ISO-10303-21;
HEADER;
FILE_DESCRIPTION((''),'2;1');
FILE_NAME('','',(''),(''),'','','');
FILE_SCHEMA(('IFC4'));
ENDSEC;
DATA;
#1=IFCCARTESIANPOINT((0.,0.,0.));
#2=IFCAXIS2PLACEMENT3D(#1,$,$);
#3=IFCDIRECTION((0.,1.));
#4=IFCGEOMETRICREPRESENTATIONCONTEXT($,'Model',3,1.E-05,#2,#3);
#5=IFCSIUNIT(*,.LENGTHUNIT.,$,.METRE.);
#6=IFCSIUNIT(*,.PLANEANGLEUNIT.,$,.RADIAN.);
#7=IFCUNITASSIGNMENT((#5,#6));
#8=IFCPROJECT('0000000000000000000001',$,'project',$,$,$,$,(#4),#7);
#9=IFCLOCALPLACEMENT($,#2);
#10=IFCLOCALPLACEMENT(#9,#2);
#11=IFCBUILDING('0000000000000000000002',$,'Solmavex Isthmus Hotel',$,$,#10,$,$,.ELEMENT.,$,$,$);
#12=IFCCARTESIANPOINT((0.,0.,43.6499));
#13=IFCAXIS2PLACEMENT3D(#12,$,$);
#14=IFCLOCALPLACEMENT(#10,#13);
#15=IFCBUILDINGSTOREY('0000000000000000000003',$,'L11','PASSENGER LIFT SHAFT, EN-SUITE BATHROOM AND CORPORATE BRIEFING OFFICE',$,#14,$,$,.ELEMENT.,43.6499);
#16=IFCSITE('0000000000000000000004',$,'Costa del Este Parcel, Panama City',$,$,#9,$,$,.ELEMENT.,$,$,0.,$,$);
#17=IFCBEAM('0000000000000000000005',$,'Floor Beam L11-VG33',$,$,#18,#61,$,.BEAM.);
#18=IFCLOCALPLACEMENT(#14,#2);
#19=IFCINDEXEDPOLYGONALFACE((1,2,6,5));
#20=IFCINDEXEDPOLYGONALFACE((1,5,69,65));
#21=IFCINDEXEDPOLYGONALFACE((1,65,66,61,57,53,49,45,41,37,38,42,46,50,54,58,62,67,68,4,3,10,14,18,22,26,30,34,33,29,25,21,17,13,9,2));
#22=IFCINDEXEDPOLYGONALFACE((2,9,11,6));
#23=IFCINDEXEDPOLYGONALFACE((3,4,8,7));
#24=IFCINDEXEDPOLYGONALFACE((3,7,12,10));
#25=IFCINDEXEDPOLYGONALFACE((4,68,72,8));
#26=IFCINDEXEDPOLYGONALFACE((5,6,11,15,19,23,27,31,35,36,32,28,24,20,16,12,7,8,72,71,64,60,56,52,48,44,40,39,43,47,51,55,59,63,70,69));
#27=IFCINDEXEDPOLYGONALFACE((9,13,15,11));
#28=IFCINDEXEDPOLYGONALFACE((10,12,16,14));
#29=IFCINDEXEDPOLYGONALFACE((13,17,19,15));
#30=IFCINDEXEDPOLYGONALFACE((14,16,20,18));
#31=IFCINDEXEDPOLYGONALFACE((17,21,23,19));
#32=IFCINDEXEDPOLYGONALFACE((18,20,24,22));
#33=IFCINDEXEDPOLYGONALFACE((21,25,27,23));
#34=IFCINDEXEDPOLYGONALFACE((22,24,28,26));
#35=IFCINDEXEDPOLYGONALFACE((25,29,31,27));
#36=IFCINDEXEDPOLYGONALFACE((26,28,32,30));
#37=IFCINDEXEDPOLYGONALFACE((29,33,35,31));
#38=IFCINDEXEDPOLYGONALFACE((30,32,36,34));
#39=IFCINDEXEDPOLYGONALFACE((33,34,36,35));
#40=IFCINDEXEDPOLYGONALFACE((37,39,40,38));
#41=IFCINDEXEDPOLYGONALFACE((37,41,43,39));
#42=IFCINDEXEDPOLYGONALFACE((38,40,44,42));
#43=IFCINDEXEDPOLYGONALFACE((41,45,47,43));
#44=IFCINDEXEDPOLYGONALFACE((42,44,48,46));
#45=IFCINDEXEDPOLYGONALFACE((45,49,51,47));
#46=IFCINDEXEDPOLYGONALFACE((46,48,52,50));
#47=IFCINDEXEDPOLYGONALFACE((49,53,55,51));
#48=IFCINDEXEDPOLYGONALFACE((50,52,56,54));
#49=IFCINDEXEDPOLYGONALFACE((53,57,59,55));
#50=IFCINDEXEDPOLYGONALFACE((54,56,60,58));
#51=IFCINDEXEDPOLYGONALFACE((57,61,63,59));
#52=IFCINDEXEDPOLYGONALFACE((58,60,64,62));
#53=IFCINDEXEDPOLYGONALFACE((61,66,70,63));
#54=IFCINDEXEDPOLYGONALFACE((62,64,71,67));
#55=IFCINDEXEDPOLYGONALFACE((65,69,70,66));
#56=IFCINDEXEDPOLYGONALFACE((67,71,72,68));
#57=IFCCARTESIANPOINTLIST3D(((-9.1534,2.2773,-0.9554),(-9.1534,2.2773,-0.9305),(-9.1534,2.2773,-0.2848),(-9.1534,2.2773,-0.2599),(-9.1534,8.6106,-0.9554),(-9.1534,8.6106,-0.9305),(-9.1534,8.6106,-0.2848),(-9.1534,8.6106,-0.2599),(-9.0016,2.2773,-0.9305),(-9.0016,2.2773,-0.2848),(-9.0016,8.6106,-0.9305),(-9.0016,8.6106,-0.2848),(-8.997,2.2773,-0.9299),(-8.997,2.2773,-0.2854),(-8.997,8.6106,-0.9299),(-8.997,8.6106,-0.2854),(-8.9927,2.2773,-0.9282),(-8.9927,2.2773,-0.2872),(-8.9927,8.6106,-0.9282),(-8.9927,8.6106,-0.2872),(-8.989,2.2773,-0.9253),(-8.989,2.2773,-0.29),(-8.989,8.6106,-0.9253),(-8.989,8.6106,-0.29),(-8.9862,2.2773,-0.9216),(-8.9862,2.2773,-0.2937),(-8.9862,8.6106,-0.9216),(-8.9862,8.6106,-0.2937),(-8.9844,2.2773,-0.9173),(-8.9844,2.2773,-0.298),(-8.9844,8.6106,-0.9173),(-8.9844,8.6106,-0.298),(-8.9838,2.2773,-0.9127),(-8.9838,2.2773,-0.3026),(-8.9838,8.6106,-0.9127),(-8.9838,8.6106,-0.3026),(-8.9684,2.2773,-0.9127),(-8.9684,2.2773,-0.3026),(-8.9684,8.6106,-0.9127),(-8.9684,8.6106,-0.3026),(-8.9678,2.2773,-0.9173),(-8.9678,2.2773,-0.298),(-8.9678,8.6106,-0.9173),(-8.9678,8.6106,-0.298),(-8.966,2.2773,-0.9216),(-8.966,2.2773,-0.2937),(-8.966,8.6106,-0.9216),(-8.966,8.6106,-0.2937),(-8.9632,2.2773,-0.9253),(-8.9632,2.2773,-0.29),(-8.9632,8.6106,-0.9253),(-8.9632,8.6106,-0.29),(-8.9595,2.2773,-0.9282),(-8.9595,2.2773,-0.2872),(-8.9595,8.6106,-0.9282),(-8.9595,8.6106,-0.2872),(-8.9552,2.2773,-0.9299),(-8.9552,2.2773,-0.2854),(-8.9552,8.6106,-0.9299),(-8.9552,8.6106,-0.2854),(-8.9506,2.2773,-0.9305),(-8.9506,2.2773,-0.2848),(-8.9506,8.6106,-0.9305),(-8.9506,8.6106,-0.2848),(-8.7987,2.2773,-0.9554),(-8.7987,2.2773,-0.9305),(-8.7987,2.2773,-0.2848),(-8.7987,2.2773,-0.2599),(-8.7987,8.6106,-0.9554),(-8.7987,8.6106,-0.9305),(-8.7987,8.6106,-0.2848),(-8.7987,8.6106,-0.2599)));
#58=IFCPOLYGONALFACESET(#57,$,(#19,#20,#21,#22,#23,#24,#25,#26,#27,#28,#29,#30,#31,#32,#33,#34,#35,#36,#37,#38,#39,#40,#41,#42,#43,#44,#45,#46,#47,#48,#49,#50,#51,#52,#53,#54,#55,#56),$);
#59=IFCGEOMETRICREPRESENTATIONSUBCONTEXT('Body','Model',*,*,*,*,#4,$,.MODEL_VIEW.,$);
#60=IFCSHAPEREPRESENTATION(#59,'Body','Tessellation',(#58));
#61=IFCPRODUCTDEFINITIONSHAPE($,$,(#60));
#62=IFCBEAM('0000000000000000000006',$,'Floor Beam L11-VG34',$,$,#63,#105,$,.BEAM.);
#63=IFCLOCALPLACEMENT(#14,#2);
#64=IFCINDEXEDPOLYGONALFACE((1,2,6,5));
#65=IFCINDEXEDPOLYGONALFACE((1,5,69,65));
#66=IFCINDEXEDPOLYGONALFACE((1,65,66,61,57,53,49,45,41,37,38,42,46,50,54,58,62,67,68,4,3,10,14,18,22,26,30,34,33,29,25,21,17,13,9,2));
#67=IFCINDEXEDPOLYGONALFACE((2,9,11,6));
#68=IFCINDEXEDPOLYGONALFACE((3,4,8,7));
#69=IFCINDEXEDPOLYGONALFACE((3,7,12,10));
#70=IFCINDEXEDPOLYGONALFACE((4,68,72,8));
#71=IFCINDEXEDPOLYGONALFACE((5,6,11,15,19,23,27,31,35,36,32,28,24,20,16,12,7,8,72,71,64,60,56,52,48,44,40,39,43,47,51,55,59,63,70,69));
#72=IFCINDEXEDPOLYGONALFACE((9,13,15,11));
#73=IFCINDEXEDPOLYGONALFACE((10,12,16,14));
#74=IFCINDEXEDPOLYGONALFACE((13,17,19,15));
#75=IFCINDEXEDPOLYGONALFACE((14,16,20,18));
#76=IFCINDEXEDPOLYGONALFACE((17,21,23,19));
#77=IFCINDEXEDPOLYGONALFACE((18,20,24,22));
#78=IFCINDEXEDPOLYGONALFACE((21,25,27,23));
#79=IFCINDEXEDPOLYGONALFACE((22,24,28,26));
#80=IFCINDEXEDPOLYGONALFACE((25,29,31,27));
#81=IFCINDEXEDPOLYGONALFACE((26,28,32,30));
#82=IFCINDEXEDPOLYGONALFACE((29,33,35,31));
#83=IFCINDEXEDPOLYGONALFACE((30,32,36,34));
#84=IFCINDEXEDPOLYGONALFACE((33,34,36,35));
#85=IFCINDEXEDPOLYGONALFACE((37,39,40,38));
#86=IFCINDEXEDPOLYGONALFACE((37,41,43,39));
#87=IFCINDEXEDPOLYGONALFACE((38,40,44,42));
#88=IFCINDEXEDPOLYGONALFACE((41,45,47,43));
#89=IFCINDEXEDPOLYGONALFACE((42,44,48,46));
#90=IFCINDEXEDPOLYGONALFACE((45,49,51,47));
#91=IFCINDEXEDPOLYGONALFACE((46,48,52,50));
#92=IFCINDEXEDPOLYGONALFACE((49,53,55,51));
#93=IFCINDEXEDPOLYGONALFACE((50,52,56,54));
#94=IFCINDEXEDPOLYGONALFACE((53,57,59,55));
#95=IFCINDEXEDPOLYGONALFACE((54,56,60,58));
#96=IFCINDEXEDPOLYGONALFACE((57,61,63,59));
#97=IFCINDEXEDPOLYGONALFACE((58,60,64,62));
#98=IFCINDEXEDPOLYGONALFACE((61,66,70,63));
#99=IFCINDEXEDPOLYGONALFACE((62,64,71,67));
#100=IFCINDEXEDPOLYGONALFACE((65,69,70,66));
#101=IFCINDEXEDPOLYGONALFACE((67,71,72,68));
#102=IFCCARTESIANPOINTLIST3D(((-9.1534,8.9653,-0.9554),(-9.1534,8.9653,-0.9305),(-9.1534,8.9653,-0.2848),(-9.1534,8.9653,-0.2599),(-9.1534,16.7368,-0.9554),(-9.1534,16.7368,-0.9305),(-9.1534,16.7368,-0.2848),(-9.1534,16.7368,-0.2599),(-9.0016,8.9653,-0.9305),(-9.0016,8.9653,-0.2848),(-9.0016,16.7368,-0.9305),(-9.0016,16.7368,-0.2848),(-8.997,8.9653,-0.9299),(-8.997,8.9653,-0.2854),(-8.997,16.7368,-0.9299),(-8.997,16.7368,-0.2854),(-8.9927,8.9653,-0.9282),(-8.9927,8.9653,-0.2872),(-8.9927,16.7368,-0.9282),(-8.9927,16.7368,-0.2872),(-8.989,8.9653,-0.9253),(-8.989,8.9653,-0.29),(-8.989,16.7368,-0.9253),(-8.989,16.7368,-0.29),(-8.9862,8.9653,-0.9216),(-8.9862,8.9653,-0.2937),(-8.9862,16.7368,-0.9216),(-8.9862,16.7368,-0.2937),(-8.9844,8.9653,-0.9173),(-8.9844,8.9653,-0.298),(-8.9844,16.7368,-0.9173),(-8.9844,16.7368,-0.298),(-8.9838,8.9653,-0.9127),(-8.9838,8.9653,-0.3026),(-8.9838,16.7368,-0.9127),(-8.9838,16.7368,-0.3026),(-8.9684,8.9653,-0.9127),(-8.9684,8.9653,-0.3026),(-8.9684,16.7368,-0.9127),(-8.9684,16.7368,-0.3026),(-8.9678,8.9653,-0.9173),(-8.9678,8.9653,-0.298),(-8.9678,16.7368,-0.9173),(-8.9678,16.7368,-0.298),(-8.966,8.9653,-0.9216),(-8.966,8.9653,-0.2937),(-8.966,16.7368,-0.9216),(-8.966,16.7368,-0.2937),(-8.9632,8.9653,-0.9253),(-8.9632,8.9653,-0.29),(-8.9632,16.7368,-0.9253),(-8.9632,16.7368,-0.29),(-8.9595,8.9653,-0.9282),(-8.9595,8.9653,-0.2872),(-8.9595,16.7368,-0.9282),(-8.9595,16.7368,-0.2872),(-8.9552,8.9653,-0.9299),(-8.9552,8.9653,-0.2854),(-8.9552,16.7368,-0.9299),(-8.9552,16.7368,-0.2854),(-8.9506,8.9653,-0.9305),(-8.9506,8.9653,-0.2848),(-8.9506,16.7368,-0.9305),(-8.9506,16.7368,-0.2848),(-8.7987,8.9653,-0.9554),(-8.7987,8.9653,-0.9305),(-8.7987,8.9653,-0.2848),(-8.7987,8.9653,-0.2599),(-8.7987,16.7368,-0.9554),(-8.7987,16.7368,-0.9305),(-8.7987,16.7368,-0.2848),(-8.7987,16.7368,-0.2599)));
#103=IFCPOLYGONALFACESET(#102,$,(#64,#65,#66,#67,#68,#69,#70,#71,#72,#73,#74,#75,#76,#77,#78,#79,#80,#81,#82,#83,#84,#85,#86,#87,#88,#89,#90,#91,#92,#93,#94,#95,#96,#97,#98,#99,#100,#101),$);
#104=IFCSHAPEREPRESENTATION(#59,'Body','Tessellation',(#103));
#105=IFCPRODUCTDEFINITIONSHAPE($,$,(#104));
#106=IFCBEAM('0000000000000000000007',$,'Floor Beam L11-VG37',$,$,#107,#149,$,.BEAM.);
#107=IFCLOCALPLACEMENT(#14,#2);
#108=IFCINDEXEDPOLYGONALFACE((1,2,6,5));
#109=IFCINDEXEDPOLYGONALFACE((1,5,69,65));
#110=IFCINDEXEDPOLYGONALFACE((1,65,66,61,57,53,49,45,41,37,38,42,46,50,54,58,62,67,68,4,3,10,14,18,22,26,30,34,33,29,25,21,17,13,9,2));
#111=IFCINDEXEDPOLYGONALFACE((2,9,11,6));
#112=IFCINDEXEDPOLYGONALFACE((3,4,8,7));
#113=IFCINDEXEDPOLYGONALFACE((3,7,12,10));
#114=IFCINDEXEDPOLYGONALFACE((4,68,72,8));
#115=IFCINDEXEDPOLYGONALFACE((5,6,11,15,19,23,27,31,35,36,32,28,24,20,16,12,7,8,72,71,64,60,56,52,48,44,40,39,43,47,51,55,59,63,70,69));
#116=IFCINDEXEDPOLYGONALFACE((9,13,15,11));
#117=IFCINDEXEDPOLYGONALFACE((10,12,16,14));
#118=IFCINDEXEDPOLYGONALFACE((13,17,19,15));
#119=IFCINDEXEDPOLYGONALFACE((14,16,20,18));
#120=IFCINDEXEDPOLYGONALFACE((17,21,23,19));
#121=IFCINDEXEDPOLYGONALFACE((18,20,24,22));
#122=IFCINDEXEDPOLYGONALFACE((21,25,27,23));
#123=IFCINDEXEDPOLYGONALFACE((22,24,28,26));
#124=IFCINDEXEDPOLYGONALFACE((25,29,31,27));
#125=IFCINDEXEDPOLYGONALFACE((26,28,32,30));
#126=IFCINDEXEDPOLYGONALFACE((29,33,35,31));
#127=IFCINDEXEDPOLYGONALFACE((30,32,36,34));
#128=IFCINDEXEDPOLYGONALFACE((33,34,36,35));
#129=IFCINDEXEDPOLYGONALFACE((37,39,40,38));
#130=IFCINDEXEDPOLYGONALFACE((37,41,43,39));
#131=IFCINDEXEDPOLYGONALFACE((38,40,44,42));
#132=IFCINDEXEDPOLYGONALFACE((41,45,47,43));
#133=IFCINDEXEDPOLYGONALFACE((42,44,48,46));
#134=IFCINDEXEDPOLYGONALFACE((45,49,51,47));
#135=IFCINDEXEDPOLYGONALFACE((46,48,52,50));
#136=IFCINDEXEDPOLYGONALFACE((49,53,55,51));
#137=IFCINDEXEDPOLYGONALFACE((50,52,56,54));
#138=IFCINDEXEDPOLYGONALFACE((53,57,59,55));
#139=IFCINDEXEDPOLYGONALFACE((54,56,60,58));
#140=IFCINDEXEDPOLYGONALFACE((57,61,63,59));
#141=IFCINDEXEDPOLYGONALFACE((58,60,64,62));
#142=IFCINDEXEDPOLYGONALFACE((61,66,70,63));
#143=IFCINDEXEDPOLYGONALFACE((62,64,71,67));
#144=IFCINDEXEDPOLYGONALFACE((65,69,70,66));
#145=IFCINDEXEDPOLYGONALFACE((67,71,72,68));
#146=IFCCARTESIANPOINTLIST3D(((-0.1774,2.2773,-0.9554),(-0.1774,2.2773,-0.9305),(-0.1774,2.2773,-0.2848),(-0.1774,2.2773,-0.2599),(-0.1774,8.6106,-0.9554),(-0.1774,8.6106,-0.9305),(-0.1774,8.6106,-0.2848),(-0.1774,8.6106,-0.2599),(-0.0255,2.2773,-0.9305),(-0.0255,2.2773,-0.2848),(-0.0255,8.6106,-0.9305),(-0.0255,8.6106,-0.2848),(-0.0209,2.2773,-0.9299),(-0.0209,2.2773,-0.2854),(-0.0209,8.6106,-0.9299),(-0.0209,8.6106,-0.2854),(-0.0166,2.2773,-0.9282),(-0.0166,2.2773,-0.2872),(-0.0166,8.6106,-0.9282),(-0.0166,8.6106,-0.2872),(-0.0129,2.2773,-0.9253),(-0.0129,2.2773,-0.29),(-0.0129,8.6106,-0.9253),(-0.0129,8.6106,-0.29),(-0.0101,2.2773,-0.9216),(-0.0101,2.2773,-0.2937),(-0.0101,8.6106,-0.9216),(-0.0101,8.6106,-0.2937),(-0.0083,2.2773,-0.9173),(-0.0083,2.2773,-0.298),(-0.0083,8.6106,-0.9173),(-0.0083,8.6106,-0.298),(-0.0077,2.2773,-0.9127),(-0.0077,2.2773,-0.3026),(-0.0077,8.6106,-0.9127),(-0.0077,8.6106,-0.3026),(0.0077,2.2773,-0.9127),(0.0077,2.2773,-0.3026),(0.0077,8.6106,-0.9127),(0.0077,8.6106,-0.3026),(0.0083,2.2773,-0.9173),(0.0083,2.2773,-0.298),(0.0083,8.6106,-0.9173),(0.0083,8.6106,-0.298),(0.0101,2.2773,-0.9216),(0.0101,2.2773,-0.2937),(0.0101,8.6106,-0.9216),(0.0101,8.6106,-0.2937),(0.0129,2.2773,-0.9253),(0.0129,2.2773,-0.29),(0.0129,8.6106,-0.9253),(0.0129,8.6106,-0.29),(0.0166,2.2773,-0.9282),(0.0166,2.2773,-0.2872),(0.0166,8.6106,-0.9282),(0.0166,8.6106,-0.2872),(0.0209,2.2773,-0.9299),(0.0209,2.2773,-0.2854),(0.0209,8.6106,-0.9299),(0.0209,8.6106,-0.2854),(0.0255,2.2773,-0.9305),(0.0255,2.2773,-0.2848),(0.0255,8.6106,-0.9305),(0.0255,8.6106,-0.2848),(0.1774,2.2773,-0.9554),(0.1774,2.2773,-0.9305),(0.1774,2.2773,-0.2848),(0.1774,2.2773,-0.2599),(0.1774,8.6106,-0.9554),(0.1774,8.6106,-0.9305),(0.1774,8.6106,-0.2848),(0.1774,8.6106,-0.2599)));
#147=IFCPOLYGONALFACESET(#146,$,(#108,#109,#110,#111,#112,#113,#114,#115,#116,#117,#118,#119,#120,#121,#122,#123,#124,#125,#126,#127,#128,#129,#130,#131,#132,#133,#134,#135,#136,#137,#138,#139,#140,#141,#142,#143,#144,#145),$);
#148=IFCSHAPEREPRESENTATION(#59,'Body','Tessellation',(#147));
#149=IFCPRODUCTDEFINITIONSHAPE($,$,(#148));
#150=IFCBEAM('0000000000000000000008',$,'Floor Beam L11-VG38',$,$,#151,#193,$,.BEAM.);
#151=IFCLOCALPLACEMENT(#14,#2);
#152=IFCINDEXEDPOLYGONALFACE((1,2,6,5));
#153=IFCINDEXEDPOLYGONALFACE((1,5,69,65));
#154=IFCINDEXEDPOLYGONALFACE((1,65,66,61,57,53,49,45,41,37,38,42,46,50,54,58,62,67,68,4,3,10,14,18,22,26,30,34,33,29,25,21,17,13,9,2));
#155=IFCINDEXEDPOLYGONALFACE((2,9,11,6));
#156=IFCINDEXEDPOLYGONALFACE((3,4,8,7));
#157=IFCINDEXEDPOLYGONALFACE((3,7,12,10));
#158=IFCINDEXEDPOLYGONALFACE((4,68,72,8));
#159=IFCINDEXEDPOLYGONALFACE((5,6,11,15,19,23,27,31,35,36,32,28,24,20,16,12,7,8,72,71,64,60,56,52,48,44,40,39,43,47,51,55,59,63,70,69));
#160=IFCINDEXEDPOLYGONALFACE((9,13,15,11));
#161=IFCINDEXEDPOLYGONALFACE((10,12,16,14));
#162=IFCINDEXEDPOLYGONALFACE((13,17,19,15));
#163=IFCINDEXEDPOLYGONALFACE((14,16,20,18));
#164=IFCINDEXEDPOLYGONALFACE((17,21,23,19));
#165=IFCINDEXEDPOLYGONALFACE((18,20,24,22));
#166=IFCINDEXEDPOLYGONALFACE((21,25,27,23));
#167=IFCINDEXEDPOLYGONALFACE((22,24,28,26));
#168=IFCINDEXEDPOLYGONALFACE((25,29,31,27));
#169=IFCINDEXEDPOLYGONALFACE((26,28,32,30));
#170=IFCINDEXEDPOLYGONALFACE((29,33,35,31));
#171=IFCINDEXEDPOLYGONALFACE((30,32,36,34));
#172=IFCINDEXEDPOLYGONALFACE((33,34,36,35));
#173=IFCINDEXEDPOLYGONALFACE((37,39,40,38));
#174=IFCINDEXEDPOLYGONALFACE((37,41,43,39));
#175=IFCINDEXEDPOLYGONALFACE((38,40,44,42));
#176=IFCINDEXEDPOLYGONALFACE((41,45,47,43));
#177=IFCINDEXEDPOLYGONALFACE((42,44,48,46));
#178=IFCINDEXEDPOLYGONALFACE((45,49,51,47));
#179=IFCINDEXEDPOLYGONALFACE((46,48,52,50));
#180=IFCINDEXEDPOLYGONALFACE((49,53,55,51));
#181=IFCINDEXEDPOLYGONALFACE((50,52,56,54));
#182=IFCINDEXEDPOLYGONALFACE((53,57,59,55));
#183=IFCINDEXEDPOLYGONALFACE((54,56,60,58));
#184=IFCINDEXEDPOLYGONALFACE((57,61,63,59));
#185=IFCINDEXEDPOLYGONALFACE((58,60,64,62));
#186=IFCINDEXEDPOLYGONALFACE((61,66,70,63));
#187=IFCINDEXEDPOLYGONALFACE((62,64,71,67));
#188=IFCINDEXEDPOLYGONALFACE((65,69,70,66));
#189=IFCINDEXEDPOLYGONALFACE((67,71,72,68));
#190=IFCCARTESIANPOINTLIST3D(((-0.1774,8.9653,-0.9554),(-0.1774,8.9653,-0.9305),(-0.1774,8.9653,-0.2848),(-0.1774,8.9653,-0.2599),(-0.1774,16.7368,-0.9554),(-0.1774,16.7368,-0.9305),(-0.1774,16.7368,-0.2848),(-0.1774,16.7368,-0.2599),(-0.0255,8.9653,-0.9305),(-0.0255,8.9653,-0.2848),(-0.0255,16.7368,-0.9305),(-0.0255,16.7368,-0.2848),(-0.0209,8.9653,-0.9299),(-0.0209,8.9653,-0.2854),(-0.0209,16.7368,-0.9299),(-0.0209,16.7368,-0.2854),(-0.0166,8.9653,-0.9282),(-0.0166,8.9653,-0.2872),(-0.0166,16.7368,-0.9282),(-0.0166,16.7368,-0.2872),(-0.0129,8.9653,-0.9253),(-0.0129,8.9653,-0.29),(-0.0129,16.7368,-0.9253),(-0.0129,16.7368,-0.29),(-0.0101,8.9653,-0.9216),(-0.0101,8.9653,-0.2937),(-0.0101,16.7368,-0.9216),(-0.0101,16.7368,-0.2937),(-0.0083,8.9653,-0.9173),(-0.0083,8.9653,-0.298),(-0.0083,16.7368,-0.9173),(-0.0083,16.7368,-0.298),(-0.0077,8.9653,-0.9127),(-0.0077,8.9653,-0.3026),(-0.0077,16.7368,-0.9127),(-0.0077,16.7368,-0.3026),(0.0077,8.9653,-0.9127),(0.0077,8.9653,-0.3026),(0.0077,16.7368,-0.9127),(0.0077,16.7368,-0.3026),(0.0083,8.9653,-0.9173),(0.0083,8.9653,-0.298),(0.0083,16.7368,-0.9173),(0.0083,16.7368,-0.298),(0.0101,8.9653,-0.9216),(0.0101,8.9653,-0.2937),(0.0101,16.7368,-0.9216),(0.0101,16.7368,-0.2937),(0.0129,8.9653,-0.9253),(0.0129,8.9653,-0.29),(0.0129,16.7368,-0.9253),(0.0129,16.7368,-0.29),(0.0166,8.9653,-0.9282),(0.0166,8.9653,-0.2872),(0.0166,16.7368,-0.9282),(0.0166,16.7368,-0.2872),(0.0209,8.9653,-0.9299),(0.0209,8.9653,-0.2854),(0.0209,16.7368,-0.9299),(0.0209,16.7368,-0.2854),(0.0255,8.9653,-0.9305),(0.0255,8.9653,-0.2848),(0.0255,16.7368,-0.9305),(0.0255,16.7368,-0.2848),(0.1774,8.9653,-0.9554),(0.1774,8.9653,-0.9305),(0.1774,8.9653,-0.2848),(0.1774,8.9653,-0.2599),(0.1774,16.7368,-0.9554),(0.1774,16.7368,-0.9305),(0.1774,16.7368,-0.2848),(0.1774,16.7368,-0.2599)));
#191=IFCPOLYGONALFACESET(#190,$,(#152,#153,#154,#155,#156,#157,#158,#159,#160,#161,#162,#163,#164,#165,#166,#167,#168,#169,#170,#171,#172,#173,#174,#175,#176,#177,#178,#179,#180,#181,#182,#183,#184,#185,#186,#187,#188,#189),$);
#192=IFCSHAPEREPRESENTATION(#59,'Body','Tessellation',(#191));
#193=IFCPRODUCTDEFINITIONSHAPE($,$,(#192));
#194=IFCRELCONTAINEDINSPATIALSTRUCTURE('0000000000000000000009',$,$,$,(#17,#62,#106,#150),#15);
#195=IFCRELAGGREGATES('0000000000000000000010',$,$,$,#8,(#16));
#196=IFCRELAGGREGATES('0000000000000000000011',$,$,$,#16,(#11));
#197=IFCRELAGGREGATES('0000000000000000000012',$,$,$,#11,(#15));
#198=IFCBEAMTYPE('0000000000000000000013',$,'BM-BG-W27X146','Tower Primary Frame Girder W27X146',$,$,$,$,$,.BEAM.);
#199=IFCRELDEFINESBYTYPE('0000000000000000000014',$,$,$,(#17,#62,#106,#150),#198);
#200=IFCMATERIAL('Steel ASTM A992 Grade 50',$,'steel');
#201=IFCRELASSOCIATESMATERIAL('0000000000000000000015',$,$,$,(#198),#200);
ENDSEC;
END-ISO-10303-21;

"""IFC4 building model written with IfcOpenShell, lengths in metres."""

from ifc_helpers import new_model, si_unit, direction, frame, origin, origin_2d, place, context, subcontext, project, spatial, i_section, extrude, material, material_profile, profile_set, type_object, element, save


model = new_model("IFC4")

# Units and contexts
model_context = context("Model", 3, precision=1e-05, world=origin(), true_north=direction((0.0, 1.0)))
body_context = subcontext(model_context, "Body", "Model", "MODEL_VIEW")
ifc_project = project(units=[si_unit("LENGTHUNIT", "METRE"), si_unit("PLANEANGLEUNIT", "RADIAN")], contexts=[model_context])

# Site, building, storey
site_placement = place(None, origin())
site = spatial("IfcSite", under=ifc_project, at=site_placement, Name="Costa del Este Parcel, Panama City", CompositionType="ELEMENT", RefElevation=0.0)
building_placement = place(site_placement, origin())
building = spatial("IfcBuilding", under=site, at=building_placement, Name="Solmavex Isthmus Hotel", CompositionType="ELEMENT")
storey_placement = place(building_placement, frame((0.0, 0.0, 43.6499)))
storey = spatial("IfcBuildingStorey", under=building, at=storey_placement, Name="L11", Description="PASSENGER LIFT SHAFT, EN-SUITE BATHROOM AND CORPORATE BRIEFING OFFICE", CompositionType="ELEMENT", Elevation=43.6499)

# Beams
ifc_material_1 = material(Name="Steel ASTM A992 Grade 50", Category="steel")
ifc_material_profile_1 = material_profile(ifc_material_1, i_section(OverallWidth=0.3547, OverallDepth=0.6956, WebThickness=0.0154, FlangeThickness=0.0249, FilletRadius=0.0178, at=origin_2d()), Name="W27X146")
ifc_profile_set_1 = profile_set([ifc_material_profile_1], Name="Steel ASTM A992 Grade 50")
beam_type_1 = type_object("IfcBeamType", Name="BM-BG-W27X146", Description="Tower Primary Frame Girder W27X146", PredefinedType="BEAM", material=ifc_profile_set_1)
beam_1_placement = place(storey_placement, frame((-8.9761, 2.2773, -0.6077), z_axis=(0.0, 1.0, 0.0), x_axis=(-1.0, 0.0, 0.0)))
element("IfcBeam", 1, at=beam_1_placement, inside=storey, type_object=beam_type_1, Name="Floor Beam L11-VG33", PredefinedType="BEAM", context=body_context, shape_type="SweptSolid", body=[
    extrude(i_section(OverallWidth=0.3547, OverallDepth=0.6956, WebThickness=0.0154, FlangeThickness=0.0249, FilletRadius=0.0178, at=origin_2d()), origin(), (0.0, 0.0, 1.0), 6.3333),
])
beam_2_placement = place(storey_placement, frame((-8.9761, 8.9653, -0.6077), z_axis=(0.0, 1.0, 0.0), x_axis=(-1.0, 0.0, 0.0)))
element("IfcBeam", 2, at=beam_2_placement, inside=storey, type_object=beam_type_1, Name="Floor Beam L11-VG34", PredefinedType="BEAM", context=body_context, shape_type="SweptSolid", body=[
    extrude(i_section(OverallWidth=0.3547, OverallDepth=0.6956, WebThickness=0.0154, FlangeThickness=0.0249, FilletRadius=0.0178, at=origin_2d()), origin(), (0.0, 0.0, 1.0), 7.7715),
])
beam_3_placement = place(storey_placement, frame((0.0, 2.2773, -0.6077), z_axis=(0.0, 1.0, 0.0), x_axis=(-1.0, 0.0, 0.0)))
element("IfcBeam", 3, at=beam_3_placement, inside=storey, type_object=beam_type_1, Name="Floor Beam L11-VG37", PredefinedType="BEAM", context=body_context, shape_type="SweptSolid", body=[
    extrude(i_section(OverallWidth=0.3547, OverallDepth=0.6956, WebThickness=0.0154, FlangeThickness=0.0249, FilletRadius=0.0178, at=origin_2d()), origin(), (0.0, 0.0, 1.0), 6.3333),
])
beam_4_placement = place(storey_placement, frame((0.0, 8.9653, -0.6077), z_axis=(0.0, 1.0, 0.0), x_axis=(-1.0, 0.0, 0.0)))
element("IfcBeam", 4, at=beam_4_placement, inside=storey, type_object=beam_type_1, Name="Floor Beam L11-VG38", PredefinedType="BEAM", context=body_context, shape_type="SweptSolid", body=[
    extrude(i_section(OverallWidth=0.3547, OverallDepth=0.6956, WebThickness=0.0154, FlangeThickness=0.0249, FilletRadius=0.0178, at=origin_2d()), origin(), (0.0, 0.0, 1.0), 7.7715),
])

save(model, "model.ifc")
